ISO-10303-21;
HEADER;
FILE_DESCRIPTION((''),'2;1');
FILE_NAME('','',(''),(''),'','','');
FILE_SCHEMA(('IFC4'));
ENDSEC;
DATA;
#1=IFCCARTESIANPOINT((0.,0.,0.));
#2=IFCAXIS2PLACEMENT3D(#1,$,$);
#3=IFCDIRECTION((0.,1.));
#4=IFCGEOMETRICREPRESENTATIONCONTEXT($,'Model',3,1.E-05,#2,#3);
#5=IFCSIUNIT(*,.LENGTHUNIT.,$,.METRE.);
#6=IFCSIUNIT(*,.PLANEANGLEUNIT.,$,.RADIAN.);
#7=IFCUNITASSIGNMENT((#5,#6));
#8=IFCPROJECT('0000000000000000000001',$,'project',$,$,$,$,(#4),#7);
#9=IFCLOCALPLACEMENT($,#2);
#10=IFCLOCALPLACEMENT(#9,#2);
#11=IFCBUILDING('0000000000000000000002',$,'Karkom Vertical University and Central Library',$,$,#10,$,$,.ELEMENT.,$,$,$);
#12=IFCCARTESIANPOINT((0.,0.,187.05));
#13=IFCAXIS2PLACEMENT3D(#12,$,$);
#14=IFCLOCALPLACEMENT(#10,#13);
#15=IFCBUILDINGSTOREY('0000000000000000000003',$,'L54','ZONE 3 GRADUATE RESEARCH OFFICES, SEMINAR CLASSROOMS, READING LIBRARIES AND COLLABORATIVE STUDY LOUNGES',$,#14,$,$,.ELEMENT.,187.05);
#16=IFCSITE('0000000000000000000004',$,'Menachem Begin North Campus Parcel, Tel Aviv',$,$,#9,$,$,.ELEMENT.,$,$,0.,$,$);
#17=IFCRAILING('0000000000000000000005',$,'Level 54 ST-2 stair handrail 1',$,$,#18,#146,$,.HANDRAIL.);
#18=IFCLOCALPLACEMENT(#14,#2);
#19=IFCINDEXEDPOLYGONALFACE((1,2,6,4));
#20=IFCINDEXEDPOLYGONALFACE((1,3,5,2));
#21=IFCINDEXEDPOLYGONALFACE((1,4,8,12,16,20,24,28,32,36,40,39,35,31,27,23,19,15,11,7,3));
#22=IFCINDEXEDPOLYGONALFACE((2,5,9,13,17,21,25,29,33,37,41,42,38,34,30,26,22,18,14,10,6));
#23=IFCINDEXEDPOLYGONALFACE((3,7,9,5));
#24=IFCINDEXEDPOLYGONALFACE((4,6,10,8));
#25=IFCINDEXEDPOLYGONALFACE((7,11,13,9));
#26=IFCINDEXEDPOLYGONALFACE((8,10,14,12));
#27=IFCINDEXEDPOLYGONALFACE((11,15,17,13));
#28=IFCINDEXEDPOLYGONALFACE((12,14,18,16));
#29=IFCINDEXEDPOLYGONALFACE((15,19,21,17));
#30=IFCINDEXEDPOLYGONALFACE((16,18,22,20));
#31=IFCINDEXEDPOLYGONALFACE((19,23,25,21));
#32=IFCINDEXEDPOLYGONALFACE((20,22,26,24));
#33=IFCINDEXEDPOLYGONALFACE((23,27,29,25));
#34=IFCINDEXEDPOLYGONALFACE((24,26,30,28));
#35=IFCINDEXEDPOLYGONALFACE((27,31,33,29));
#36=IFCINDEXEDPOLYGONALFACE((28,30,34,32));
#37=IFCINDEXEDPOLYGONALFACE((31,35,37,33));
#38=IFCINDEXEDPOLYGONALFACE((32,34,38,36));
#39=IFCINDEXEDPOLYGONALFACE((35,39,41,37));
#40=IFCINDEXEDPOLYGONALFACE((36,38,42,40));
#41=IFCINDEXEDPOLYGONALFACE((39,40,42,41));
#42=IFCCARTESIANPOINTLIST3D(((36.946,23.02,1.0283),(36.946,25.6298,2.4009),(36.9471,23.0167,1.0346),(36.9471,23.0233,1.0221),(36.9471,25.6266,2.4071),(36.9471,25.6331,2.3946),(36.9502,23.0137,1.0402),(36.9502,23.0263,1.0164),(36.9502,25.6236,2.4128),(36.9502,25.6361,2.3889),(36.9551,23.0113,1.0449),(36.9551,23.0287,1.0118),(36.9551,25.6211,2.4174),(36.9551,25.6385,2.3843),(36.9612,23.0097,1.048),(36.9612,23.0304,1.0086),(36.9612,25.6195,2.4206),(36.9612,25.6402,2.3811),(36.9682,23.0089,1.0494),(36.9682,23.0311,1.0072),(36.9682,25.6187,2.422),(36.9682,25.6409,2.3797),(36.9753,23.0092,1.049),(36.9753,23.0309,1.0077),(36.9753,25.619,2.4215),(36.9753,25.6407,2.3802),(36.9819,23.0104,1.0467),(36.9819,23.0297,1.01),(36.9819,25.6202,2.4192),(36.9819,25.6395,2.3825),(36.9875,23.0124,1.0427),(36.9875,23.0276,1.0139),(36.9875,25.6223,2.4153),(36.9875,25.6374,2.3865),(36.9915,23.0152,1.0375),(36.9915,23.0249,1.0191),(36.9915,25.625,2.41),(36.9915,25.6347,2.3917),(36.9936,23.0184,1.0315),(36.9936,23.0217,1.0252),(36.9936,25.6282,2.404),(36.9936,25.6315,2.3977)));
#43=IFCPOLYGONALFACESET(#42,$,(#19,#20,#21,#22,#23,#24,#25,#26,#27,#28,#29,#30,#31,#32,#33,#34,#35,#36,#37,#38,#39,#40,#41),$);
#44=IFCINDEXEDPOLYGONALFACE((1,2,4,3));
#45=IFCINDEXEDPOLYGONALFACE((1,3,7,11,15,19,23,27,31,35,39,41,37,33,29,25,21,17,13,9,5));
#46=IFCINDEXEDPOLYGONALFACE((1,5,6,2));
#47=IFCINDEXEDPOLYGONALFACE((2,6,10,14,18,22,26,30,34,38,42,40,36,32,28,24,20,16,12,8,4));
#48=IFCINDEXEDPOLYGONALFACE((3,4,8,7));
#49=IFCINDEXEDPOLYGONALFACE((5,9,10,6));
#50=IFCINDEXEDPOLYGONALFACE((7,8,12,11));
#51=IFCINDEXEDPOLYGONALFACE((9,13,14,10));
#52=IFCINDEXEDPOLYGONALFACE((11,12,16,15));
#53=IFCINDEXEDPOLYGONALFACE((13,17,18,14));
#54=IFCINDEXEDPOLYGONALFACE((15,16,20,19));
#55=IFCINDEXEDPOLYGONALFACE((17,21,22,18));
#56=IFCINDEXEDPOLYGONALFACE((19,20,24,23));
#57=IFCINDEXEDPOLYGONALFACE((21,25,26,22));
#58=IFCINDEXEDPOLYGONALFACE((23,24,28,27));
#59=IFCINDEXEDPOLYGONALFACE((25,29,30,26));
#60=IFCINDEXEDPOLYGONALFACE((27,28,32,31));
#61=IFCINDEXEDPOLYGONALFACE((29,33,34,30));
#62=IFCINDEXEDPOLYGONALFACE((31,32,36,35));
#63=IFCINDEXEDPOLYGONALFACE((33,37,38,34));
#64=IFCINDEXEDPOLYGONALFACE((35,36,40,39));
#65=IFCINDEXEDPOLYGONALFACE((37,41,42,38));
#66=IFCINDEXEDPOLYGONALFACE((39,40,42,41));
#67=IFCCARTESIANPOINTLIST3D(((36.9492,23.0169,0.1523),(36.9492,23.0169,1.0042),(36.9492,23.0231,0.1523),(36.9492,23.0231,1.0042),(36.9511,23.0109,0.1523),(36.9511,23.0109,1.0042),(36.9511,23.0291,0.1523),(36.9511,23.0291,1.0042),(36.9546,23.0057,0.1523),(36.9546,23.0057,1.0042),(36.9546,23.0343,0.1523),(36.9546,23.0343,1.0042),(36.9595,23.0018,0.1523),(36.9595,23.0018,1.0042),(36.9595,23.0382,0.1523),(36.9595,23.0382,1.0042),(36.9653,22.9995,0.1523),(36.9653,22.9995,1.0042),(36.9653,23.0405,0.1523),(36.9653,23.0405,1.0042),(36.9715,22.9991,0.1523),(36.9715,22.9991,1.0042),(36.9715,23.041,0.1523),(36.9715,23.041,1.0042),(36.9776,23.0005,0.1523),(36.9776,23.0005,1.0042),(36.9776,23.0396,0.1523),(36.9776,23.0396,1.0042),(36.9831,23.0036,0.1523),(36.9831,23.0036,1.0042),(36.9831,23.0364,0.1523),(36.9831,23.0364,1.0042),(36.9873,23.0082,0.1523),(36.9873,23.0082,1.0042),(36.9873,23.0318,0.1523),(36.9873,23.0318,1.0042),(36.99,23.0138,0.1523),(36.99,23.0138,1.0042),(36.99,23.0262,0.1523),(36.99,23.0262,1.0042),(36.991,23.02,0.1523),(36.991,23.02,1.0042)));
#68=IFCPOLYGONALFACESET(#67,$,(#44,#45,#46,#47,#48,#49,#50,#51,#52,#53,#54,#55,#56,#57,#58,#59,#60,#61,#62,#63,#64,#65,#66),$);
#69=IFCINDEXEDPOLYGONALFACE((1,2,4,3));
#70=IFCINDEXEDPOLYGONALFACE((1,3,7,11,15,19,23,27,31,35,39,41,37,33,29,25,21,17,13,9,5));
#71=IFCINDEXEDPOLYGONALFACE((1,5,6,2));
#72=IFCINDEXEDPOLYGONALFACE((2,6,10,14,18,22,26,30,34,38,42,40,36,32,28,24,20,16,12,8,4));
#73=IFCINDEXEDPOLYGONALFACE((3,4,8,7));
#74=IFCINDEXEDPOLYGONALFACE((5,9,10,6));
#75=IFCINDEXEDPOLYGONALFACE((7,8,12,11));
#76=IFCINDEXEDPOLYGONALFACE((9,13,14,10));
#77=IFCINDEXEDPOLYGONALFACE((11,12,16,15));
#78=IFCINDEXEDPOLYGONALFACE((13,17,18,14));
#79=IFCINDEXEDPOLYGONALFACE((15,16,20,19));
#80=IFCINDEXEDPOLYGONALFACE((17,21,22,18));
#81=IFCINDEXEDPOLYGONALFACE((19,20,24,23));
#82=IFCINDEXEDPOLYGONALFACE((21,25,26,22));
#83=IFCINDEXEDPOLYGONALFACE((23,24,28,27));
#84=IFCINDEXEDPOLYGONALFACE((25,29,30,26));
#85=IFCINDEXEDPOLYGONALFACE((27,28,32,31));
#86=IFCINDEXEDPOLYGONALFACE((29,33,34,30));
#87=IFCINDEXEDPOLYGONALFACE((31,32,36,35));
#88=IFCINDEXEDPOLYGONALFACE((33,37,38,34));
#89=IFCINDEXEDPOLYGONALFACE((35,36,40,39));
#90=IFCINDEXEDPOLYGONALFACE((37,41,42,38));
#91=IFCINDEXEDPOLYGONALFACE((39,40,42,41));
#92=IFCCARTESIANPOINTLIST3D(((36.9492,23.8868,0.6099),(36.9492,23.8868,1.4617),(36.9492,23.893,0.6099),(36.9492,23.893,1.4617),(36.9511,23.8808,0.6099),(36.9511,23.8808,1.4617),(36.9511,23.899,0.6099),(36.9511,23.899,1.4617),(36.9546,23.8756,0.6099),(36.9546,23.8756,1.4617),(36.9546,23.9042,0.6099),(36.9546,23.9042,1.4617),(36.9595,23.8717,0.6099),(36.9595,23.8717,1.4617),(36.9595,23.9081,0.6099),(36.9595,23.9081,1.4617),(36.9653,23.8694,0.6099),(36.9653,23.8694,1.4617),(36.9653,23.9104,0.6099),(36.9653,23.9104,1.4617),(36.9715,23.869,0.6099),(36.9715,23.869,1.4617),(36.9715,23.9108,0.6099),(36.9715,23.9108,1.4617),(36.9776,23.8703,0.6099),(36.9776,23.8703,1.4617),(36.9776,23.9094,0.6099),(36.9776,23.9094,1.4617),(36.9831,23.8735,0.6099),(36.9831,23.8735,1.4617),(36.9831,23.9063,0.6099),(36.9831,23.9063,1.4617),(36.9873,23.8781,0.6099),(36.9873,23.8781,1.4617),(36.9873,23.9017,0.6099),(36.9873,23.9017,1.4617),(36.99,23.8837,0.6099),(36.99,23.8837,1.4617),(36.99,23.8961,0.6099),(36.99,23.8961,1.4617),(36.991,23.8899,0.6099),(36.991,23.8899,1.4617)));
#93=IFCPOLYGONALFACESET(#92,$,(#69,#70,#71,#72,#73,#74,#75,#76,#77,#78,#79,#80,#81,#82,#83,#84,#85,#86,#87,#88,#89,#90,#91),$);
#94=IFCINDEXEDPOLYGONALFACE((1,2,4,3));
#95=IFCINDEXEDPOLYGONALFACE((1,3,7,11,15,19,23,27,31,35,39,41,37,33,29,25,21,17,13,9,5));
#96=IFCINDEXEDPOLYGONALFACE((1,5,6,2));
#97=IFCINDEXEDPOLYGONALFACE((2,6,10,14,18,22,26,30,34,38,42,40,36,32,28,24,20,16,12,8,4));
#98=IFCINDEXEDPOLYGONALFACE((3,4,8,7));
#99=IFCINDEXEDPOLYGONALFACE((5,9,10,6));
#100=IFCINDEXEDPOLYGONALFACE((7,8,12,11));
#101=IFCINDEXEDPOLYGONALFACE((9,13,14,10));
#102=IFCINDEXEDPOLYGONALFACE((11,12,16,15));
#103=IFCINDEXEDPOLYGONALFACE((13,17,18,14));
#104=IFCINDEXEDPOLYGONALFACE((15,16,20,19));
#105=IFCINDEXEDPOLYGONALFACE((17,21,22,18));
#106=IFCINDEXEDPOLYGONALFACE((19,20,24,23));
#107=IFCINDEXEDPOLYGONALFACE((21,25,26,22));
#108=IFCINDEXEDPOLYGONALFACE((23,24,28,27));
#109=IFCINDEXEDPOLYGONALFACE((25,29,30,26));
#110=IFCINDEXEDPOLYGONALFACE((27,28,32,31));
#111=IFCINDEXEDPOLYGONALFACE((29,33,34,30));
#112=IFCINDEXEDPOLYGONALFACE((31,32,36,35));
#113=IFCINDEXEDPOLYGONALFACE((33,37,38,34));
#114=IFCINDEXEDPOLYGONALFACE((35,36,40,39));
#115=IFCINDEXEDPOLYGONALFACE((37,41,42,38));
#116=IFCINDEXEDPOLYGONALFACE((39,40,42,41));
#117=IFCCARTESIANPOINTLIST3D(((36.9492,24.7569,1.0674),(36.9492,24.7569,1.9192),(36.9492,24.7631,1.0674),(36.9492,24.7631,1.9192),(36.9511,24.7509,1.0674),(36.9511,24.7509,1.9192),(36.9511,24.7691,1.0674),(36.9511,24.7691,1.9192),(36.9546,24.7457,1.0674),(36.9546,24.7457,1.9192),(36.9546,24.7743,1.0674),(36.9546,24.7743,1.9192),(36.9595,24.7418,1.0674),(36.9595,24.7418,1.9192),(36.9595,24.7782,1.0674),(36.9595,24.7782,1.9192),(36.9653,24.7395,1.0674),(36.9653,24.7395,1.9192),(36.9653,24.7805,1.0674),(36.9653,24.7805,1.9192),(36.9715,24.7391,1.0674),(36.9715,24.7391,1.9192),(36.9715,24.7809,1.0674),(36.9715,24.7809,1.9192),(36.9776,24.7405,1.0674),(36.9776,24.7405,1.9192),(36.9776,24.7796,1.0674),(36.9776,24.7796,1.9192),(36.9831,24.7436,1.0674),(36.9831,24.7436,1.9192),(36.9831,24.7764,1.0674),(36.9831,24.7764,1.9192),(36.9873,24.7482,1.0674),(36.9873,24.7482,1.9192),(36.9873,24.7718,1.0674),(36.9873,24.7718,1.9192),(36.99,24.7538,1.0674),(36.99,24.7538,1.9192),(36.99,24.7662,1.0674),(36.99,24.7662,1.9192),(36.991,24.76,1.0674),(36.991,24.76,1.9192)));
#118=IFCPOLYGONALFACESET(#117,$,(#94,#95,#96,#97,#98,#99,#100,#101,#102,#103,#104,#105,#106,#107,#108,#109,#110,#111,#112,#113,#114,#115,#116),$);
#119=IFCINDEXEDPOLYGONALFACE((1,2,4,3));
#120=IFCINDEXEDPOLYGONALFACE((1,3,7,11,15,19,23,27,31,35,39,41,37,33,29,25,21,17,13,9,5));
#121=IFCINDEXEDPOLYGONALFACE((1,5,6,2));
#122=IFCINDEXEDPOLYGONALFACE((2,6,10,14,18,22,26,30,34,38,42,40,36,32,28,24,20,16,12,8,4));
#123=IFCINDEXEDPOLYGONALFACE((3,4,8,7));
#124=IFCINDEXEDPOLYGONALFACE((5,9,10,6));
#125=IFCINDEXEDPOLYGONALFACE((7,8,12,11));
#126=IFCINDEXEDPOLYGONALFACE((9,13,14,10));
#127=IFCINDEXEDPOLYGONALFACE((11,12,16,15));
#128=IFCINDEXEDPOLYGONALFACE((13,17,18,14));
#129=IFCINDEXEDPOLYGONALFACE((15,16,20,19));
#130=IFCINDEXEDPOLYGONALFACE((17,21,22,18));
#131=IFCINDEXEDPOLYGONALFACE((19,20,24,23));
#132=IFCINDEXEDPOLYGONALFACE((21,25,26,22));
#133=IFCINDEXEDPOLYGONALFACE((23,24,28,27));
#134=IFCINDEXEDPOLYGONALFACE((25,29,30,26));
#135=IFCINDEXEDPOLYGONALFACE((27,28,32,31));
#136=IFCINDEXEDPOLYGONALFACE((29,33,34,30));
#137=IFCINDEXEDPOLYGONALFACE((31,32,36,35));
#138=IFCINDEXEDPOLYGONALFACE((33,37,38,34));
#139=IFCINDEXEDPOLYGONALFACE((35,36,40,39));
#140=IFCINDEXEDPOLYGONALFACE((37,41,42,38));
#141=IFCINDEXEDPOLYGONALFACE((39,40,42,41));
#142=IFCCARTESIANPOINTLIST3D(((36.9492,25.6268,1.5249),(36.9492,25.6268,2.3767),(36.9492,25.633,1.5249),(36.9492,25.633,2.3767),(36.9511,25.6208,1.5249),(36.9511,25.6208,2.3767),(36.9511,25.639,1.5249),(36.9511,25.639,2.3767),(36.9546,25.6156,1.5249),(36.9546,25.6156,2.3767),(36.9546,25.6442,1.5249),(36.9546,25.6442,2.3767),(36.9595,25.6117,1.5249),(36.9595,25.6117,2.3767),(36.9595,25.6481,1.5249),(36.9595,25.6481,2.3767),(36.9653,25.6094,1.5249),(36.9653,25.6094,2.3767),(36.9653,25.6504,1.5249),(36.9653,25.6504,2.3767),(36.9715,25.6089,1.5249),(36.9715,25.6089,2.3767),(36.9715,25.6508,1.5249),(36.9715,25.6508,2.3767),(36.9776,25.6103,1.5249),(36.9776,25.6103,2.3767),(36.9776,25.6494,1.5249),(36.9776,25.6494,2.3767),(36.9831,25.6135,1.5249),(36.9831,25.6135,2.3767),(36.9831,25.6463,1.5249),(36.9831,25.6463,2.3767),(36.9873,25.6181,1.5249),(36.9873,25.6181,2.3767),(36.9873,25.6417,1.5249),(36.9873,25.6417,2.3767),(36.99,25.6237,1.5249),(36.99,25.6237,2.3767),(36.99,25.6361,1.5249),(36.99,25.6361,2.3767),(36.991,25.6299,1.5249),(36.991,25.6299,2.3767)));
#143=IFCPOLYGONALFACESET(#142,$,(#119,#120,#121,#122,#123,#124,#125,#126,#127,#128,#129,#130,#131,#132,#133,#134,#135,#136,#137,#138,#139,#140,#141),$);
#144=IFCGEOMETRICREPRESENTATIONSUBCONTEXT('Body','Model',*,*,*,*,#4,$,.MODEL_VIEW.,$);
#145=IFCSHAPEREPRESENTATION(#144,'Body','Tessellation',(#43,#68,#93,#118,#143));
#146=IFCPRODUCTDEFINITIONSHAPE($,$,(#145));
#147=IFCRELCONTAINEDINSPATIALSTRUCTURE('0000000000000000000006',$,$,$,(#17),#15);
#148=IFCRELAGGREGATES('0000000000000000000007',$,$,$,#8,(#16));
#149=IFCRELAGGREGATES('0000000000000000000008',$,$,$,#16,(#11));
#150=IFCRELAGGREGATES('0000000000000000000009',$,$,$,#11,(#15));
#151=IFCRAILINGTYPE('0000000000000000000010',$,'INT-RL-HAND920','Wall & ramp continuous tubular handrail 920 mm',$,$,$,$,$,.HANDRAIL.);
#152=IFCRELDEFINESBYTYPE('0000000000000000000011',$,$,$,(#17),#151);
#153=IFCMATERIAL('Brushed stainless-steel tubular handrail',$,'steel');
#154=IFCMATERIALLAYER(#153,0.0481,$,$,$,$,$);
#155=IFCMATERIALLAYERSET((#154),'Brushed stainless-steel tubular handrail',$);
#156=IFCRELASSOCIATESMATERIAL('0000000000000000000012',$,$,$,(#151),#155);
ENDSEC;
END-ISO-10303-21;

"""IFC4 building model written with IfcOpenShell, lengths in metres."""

from ifc_helpers import new_model, si_unit, direction, frame, origin, origin_2d, place, context, subcontext, project, spatial, circle, extrude, material, layer, layer_set, type_object, element, save


model = new_model("IFC4")

# Units and contexts
model_context = context("Model", 3, precision=1e-05, world=origin(), true_north=direction((0.0, 1.0)))
body_context = subcontext(model_context, "Body", "Model", "MODEL_VIEW")
ifc_project = project(units=[si_unit("LENGTHUNIT", "METRE"), si_unit("PLANEANGLEUNIT", "RADIAN")], contexts=[model_context])

# Site, building, storey
site_placement = place(None, origin())
site = spatial("IfcSite", under=ifc_project, at=site_placement, Name="Menachem Begin North Campus Parcel, Tel Aviv", CompositionType="ELEMENT", RefElevation=0.0)
building_placement = place(site_placement, origin())
building = spatial("IfcBuilding", under=site, at=building_placement, Name="Karkom Vertical University and Central Library", CompositionType="ELEMENT")
storey_placement = place(building_placement, frame((0.0, 0.0, 187.05)))
storey = spatial("IfcBuildingStorey", under=building, at=storey_placement, Name="L54", Description="ZONE 3 GRADUATE RESEARCH OFFICES, SEMINAR CLASSROOMS, READING LIBRARIES AND COLLABORATIVE STUDY LOUNGES", CompositionType="ELEMENT", Elevation=187.05)

# Railing
ifc_material_1 = material(Name="Brushed stainless-steel tubular handrail", Category="steel")
ifc_layer_1 = layer(ifc_material_1, 0.0481)
ifc_layer_set_1 = layer_set([ifc_layer_1], Name="Brushed stainless-steel tubular handrail")
railing_type_1 = type_object("IfcRailingType", Name="INT-RL-HAND920", Description="Wall & ramp continuous tubular handrail 920 mm", PredefinedType="HANDRAIL", material=ifc_layer_set_1)
railing_1_placement = place(storey_placement, frame((36.97, 23.02, 0.1523)))
element("IfcRailing", 1, at=railing_1_placement, inside=storey, type_object=railing_type_1, Name="Level 54 ST-2 stair handrail 1", PredefinedType="HANDRAIL", context=body_context, shape_type="SweptSolid", body=[
    extrude(circle(Radius=0.0239, at=origin_2d()), frame((0.0, 0.0, 0.876), z_axis=(0.0, 0.885065, 0.465467), x_axis=(-1.0, 0.0, 0.0)), (0.0, 0.0, 1.0), 2.9487),
    extrude(circle(Radius=0.021, at=origin_2d()), origin(), (0.0, 0.0, 1.0), 0.8518),
    extrude(circle(Radius=0.021, at=origin_2d()), frame((0.0, 0.8699, 0.4575)), (0.0, 0.0, 1.0), 0.8518),
    extrude(circle(Radius=0.021, at=origin_2d()), frame((0.0, 1.74, 0.915)), (0.0, 0.0, 1.0), 0.8518),
    extrude(circle(Radius=0.021, at=origin_2d()), frame((0.0, 2.6099, 1.3726)), (0.0, 0.0, 1.0), 0.8518),
])

save(model, "model.ifc")
